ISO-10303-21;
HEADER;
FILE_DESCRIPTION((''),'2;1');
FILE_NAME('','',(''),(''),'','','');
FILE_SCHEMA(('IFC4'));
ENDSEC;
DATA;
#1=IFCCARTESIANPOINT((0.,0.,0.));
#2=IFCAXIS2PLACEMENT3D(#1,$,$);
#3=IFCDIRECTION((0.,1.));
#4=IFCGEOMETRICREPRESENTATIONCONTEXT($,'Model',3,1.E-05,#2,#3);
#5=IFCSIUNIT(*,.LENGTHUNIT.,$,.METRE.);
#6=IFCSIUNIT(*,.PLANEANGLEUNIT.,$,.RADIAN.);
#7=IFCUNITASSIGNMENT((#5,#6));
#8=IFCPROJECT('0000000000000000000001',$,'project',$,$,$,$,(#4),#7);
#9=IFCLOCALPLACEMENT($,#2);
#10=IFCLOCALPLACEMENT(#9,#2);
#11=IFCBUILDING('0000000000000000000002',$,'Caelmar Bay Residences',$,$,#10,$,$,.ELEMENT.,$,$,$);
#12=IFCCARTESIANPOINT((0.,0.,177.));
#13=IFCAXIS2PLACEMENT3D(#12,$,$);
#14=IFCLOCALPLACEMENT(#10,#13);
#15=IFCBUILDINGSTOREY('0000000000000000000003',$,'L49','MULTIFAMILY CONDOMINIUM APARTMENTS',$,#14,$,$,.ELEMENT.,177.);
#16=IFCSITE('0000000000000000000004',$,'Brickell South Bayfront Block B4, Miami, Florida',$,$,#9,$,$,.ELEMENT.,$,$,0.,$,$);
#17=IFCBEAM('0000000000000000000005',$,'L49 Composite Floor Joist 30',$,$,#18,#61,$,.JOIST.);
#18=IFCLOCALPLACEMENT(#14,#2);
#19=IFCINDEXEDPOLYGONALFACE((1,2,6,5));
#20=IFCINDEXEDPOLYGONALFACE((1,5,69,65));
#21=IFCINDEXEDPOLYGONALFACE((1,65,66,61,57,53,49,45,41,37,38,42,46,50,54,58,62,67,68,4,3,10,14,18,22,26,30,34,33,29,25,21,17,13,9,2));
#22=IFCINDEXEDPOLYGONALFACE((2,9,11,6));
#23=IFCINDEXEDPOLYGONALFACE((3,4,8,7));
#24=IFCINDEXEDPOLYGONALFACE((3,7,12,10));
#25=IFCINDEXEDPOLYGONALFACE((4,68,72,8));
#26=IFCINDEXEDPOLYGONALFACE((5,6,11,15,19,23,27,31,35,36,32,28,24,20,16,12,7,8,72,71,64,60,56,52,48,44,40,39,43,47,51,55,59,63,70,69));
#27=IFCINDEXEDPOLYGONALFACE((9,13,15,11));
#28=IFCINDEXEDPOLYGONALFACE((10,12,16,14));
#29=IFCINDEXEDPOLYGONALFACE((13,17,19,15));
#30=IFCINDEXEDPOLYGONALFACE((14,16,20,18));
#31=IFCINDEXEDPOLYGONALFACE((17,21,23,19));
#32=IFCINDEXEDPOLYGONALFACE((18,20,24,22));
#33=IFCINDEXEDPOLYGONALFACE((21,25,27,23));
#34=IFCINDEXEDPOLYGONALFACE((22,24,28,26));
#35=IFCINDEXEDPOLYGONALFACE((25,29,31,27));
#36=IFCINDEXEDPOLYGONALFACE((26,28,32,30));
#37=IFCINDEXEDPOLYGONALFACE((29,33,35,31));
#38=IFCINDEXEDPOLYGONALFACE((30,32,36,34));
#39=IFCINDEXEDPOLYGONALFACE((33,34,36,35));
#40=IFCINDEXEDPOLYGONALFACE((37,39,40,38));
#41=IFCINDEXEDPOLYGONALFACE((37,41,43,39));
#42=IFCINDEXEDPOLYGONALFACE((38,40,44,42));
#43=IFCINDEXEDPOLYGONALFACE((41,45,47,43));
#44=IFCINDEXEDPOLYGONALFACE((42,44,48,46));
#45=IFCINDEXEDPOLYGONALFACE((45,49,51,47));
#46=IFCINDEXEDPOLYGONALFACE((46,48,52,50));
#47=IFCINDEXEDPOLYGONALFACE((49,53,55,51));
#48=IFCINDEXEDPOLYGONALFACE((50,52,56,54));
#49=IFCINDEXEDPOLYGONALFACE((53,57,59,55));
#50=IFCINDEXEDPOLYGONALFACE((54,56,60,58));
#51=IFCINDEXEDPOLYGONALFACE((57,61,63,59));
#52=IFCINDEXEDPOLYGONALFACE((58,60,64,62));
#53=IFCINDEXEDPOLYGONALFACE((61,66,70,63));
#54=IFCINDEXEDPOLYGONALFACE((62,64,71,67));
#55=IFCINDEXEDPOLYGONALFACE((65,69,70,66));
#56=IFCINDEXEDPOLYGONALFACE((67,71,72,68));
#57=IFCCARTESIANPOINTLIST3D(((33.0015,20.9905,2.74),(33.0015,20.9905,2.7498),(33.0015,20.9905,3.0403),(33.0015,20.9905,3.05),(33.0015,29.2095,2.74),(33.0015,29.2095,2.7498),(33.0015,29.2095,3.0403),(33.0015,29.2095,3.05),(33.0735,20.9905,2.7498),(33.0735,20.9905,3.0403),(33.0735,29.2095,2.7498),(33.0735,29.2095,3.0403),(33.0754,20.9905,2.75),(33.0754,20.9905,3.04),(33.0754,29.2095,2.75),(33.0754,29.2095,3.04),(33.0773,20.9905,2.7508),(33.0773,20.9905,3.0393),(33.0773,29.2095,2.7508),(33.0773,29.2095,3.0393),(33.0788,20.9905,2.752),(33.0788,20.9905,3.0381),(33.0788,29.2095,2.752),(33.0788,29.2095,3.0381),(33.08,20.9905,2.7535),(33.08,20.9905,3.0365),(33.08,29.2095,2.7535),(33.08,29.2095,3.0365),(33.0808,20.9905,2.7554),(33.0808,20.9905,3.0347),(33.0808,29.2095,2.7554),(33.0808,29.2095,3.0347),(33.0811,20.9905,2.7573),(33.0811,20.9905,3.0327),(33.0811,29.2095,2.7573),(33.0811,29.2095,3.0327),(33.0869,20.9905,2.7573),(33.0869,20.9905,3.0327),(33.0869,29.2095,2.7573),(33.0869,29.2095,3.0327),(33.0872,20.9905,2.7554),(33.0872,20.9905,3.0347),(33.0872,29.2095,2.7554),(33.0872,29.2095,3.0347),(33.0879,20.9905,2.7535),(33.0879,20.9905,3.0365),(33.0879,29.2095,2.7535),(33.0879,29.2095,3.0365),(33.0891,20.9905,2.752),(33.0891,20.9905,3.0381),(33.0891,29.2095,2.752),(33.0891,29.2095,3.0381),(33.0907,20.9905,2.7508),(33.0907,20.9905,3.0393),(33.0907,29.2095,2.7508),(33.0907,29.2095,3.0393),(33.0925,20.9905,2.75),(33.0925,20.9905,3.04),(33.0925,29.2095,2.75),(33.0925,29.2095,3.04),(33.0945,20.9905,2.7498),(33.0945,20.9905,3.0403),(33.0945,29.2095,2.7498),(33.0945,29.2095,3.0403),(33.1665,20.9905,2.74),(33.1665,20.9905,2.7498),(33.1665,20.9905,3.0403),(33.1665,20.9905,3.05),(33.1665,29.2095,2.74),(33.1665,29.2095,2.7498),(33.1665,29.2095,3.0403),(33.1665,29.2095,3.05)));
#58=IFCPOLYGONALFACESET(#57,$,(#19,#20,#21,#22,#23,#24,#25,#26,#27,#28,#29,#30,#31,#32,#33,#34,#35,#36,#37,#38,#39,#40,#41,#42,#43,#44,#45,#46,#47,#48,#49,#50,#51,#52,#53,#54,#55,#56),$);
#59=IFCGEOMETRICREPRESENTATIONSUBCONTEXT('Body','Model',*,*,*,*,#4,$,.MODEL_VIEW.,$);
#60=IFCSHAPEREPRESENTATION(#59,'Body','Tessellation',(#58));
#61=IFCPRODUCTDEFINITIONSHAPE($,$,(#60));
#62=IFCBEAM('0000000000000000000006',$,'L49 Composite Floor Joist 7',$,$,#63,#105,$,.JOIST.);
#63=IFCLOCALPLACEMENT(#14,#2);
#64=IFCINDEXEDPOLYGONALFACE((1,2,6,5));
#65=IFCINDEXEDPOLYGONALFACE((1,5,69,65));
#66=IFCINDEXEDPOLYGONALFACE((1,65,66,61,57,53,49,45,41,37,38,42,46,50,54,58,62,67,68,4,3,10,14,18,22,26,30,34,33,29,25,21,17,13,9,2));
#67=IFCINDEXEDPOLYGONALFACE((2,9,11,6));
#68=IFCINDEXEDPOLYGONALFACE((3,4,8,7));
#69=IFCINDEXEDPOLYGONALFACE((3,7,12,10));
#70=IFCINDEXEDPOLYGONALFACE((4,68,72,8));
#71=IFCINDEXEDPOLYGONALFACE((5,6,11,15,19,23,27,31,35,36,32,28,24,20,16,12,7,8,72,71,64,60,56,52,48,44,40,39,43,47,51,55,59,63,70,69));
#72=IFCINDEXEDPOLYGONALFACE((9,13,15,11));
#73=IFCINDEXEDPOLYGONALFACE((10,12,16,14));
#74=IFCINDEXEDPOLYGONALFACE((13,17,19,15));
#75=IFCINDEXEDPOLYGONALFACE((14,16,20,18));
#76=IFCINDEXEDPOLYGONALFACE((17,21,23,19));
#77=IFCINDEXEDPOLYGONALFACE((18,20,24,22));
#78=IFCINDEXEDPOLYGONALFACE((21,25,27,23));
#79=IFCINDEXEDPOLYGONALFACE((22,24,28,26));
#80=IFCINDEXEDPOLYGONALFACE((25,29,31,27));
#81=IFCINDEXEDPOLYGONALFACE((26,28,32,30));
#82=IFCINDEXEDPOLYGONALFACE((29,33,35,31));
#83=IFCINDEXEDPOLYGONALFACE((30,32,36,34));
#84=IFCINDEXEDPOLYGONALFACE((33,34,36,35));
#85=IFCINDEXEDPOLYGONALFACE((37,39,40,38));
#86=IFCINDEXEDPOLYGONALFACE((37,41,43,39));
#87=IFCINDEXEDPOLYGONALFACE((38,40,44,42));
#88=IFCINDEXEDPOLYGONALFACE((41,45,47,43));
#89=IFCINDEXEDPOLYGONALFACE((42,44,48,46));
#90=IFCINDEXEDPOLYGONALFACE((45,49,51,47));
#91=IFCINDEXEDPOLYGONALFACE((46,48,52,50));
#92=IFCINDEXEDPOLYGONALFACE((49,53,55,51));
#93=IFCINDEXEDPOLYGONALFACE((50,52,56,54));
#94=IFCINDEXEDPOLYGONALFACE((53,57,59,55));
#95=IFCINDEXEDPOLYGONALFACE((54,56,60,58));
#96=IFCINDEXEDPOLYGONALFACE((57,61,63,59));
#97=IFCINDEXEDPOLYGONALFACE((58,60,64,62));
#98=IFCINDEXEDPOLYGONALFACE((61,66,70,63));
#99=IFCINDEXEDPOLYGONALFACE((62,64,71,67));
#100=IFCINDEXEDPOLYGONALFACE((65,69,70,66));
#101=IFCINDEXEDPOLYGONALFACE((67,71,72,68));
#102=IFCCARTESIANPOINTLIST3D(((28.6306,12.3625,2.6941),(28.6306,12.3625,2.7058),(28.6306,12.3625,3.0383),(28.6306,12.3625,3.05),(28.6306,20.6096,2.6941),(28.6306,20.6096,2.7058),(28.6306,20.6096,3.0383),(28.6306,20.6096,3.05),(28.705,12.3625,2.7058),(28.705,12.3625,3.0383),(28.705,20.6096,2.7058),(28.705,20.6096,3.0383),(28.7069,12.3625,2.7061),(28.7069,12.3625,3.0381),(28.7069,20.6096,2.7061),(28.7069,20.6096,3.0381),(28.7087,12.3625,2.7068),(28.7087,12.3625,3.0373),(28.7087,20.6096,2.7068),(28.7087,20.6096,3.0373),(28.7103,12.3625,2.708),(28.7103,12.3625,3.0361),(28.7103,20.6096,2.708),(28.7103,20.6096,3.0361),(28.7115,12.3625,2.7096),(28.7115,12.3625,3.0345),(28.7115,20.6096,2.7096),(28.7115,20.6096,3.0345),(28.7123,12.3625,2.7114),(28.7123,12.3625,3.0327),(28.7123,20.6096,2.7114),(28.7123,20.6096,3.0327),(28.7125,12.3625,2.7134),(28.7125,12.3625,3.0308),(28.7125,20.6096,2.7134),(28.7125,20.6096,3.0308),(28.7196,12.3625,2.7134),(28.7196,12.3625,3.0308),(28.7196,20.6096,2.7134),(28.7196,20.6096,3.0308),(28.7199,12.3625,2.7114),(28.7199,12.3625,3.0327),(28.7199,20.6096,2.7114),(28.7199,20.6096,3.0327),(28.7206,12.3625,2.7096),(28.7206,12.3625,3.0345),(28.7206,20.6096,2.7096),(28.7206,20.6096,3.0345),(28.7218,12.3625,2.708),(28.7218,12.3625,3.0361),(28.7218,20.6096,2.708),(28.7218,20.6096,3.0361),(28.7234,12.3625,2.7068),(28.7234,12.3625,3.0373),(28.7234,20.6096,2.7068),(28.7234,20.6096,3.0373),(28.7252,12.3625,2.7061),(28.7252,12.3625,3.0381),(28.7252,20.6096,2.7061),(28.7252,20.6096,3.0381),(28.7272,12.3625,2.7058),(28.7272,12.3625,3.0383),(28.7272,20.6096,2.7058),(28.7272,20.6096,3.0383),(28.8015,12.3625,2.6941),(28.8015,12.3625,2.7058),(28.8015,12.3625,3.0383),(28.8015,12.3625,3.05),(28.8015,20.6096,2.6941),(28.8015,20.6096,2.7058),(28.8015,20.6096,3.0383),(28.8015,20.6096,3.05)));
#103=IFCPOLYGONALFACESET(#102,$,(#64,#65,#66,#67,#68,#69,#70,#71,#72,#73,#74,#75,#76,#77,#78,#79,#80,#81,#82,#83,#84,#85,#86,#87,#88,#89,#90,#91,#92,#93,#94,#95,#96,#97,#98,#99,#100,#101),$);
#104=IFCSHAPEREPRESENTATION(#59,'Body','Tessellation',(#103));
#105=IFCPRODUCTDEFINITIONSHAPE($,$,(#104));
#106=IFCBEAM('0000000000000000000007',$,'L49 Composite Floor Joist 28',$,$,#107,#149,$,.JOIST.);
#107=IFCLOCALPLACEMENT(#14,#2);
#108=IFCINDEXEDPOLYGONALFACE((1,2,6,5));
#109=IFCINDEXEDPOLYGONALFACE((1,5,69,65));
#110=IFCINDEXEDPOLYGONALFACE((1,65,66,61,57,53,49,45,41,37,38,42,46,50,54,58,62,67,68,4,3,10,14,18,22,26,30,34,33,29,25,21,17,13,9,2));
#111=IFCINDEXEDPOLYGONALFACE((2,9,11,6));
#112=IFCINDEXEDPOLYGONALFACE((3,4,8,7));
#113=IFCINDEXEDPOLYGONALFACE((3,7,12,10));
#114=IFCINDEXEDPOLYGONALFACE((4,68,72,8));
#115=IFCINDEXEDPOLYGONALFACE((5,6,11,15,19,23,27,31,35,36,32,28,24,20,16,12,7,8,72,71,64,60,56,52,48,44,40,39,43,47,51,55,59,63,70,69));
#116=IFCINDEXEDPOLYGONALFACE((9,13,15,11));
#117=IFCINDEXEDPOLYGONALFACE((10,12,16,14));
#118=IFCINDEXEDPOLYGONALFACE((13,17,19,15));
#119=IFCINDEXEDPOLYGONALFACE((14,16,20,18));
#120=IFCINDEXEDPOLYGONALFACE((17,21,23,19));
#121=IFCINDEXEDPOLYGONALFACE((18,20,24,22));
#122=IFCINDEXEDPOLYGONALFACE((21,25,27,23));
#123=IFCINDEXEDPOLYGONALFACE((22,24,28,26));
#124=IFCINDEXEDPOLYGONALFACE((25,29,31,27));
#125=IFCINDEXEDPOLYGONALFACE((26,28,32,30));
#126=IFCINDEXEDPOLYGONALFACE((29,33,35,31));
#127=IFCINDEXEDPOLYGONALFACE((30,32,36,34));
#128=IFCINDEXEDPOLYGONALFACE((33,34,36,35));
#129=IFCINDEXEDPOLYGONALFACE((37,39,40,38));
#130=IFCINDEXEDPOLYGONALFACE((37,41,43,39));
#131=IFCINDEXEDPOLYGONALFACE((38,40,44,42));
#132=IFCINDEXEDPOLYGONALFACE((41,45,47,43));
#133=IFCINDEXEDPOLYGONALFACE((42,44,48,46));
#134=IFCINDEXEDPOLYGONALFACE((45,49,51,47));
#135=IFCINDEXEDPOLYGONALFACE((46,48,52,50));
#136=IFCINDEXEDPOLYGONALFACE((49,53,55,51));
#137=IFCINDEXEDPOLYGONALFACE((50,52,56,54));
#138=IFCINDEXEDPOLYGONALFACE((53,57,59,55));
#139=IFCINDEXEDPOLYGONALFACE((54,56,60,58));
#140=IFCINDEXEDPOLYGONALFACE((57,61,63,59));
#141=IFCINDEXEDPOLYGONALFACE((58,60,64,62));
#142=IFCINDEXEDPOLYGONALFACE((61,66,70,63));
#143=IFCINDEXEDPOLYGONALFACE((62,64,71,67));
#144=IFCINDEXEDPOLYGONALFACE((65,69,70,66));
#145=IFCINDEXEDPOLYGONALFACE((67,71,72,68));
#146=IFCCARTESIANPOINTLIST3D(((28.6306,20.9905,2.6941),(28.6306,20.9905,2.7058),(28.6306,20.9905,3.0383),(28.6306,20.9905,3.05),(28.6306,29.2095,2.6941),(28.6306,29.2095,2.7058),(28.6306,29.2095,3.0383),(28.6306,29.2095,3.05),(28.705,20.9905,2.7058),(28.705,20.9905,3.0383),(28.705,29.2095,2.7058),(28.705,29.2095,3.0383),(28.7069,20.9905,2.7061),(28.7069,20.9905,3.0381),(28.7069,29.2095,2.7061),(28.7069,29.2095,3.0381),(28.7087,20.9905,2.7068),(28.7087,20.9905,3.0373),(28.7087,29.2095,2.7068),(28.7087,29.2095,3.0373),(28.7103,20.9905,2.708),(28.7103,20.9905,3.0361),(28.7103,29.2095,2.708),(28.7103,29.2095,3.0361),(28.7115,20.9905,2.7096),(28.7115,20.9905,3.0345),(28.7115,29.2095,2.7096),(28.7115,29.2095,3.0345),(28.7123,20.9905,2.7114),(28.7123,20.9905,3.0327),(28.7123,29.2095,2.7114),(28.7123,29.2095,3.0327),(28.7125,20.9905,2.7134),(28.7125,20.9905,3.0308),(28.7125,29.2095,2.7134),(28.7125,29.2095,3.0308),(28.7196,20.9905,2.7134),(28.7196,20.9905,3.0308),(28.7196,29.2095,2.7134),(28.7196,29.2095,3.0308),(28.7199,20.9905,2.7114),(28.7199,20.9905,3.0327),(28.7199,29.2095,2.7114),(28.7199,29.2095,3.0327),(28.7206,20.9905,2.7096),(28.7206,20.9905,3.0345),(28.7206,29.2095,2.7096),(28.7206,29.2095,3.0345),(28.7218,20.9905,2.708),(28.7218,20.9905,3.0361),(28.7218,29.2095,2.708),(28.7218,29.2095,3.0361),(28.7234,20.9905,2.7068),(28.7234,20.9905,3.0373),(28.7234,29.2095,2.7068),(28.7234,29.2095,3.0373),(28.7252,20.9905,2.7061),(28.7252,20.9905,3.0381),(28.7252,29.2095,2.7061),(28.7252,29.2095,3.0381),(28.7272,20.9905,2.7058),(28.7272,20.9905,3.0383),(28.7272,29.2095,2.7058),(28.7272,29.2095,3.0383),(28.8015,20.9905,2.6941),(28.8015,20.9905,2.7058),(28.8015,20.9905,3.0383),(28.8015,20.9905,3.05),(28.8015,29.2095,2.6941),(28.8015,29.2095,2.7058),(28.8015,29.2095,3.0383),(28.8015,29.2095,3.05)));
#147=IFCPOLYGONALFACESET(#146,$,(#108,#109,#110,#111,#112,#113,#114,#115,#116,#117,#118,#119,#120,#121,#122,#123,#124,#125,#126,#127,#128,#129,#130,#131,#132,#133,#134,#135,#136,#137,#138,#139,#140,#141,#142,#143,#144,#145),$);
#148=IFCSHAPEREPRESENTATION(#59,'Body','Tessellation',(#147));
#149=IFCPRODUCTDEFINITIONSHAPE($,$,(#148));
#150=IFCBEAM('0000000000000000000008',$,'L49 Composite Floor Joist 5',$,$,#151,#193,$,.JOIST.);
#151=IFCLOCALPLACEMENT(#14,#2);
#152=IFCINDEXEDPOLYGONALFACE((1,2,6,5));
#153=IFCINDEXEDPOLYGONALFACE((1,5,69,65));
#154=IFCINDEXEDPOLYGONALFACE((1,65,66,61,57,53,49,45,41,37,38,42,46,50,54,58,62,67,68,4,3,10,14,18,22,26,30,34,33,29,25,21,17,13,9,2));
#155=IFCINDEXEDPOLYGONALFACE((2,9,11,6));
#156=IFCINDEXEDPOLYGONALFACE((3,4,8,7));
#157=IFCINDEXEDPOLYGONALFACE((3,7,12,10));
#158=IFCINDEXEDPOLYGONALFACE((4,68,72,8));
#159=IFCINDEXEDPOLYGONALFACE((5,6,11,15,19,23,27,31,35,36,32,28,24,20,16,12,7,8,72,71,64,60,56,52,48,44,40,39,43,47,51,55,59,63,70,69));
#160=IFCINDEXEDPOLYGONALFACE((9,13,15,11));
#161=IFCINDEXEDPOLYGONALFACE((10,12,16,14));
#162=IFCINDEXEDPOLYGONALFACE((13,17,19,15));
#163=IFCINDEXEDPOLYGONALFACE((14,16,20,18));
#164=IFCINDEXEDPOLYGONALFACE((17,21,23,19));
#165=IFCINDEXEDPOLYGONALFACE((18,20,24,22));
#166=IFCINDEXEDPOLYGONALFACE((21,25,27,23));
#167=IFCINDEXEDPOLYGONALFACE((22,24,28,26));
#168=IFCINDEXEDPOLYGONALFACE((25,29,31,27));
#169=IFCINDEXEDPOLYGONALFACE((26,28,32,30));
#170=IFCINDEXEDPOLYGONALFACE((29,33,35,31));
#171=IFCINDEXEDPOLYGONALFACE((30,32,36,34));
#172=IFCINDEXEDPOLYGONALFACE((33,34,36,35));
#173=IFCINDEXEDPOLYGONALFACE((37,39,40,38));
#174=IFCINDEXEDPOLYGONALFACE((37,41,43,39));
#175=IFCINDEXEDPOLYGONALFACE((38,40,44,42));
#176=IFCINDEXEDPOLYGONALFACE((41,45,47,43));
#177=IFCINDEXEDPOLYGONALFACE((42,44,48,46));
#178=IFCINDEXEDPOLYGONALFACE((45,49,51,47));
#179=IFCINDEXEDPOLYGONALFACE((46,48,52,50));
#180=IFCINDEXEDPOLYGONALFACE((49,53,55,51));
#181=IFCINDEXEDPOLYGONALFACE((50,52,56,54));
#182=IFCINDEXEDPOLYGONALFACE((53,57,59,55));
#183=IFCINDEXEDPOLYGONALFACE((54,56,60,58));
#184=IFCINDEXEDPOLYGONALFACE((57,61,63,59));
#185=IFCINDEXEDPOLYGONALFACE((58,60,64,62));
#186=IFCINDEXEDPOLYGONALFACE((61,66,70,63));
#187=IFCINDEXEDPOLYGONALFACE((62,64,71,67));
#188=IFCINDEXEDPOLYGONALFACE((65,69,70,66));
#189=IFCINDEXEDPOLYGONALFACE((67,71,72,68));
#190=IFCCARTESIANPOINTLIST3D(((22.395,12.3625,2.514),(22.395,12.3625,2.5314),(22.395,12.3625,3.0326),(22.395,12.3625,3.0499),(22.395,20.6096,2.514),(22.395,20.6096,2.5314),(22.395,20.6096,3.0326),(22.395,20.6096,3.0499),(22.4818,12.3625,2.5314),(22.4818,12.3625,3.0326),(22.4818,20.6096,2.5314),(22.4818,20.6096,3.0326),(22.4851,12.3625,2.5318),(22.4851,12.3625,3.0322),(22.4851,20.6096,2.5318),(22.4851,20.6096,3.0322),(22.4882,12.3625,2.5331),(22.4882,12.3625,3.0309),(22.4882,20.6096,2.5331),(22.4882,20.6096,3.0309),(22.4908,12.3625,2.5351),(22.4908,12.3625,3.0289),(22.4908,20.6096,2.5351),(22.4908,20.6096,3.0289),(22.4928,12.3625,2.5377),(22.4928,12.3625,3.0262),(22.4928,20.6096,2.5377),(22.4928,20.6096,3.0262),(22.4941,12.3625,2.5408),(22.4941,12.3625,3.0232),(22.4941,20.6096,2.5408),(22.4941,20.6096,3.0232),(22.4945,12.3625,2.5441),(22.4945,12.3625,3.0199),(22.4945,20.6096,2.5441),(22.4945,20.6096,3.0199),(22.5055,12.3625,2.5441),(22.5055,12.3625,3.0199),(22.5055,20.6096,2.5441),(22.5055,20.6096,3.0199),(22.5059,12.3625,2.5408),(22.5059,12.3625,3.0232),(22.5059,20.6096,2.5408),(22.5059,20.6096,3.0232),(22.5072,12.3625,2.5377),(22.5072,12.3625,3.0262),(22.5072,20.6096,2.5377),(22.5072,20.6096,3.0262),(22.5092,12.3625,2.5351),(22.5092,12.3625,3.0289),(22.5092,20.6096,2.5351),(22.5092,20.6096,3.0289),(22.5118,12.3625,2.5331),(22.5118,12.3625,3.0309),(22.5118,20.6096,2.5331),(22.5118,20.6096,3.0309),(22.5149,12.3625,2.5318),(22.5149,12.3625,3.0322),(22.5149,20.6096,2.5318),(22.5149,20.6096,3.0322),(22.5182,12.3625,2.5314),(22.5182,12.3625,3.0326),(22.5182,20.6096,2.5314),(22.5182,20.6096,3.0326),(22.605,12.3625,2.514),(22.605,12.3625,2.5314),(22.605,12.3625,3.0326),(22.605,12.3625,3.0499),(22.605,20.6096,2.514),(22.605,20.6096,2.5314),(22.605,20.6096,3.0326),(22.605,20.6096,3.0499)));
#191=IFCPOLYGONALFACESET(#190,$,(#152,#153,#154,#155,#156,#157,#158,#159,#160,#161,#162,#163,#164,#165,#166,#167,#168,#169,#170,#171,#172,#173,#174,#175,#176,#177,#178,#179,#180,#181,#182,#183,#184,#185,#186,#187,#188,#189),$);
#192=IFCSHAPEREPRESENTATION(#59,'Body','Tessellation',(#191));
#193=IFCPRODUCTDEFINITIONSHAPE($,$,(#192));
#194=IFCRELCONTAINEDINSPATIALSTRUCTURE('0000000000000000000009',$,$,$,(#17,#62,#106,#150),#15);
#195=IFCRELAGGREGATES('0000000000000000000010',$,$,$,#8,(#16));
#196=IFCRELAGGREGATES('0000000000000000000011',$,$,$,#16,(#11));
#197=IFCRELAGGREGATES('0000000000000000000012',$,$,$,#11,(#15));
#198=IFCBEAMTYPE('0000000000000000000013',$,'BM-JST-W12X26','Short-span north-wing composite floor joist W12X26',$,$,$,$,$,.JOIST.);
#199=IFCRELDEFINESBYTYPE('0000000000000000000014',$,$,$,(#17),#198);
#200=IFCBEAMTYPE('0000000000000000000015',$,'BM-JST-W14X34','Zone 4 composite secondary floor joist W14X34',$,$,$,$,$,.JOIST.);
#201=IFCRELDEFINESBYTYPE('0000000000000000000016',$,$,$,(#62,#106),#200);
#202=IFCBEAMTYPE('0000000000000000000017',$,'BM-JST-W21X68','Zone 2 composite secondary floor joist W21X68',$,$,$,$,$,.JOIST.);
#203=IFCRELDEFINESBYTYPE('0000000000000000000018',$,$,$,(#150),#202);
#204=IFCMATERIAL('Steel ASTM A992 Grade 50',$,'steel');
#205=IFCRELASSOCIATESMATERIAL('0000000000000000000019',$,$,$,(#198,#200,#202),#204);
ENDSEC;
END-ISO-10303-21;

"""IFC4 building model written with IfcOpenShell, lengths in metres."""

from ifc_helpers import new_model, si_unit, direction, frame, origin, origin_2d, place, context, subcontext, project, spatial, i_section, extrude, material, material_profile, profile_set, type_object, element, save


model = new_model("IFC4")

# Units and contexts
model_context = context("Model", 3, precision=1e-05, world=origin(), true_north=direction((0.0, 1.0)))
body_context = subcontext(model_context, "Body", "Model", "MODEL_VIEW")
ifc_project = project(units=[si_unit("LENGTHUNIT", "METRE"), si_unit("PLANEANGLEUNIT", "RADIAN")], contexts=[model_context])

# Site, building, storey
site_placement = place(None, origin())
site = spatial("IfcSite", under=ifc_project, at=site_placement, Name="Brickell South Bayfront Block B4, Miami, Florida", CompositionType="ELEMENT", RefElevation=0.0)
building_placement = place(site_placement, origin())
building = spatial("IfcBuilding", under=site, at=building_placement, Name="Caelmar Bay Residences", CompositionType="ELEMENT")
storey_placement = place(building_placement, frame((0.0, 0.0, 177.0)))
storey = spatial("IfcBuildingStorey", under=building, at=storey_placement, Name="L49", Description="MULTIFAMILY CONDOMINIUM APARTMENTS", CompositionType="ELEMENT", Elevation=177.0)

# Beams
ifc_material_1 = material(Name="Steel ASTM A992 Grade 50", Category="steel")
ifc_material_profile_1 = material_profile(ifc_material_1, i_section(OverallWidth=0.165, OverallDepth=0.3101, WebThickness=0.0059, FlangeThickness=0.0098, FilletRadius=0.0076, at=origin_2d()), Name="W12X26")
ifc_profile_set_1 = profile_set([ifc_material_profile_1], Name="Steel ASTM A992 Grade 50")
beam_type_1 = type_object("IfcBeamType", Name="BM-JST-W12X26", Description="Short-span north-wing composite floor joist W12X26", PredefinedType="JOIST", material=ifc_profile_set_1)
for number, where, z_axis, x_axis, name in (
    (1, (33.084, 20.9905, 2.895), (0.0, 1.0, 0.0), (-1.0, 0.0, 0.0), "L49 Composite Floor Joist 30"),
):
    element("IfcBeam", number, at=place(storey_placement, frame(where, z_axis=z_axis, x_axis=x_axis)), inside=storey, type_object=beam_type_1, Name=name, PredefinedType="JOIST", context=body_context, shape_type="SweptSolid", body=[
        extrude(i_section(OverallWidth=0.165, OverallDepth=0.3101, WebThickness=0.0059, FlangeThickness=0.0098, FilletRadius=0.0076, at=origin_2d()), origin(), (0.0, 0.0, 1.0), 8.219),
    ])
ifc_material_profile_2 = material_profile(ifc_material_1, i_section(OverallWidth=0.1709, OverallDepth=0.356, WebThickness=0.0071, FlangeThickness=0.0117, FilletRadius=0.0076, at=origin_2d()), Name="W14X34")
ifc_profile_set_2 = profile_set([ifc_material_profile_2], Name="Steel ASTM A992 Grade 50")
beam_type_2 = type_object("IfcBeamType", Name="BM-JST-W14X34", Description="Zone 4 composite secondary floor joist W14X34", PredefinedType="JOIST", material=ifc_profile_set_2)
beam_1_placement = place(storey_placement, frame((28.7161, 12.3625, 2.8721), z_axis=(0.0, 1.0, 0.0), x_axis=(-1.0, 0.0, 0.0)))
element("IfcBeam", 2, at=beam_1_placement, inside=storey, type_object=beam_type_2, Name="L49 Composite Floor Joist 7", PredefinedType="JOIST", context=body_context, shape_type="SweptSolid", body=[
    extrude(i_section(OverallWidth=0.1709, OverallDepth=0.356, WebThickness=0.0071, FlangeThickness=0.0117, FilletRadius=0.0076, at=origin_2d()), origin(), (0.0, 0.0, 1.0), 8.2471),
])
beam_2_placement = place(storey_placement, frame((28.7161, 20.9905, 2.8721), z_axis=(0.0, 1.0, 0.0), x_axis=(-1.0, 0.0, 0.0)))
element("IfcBeam", 3, at=beam_2_placement, inside=storey, type_object=beam_type_2, Name="L49 Composite Floor Joist 28", PredefinedType="JOIST", context=body_context, shape_type="SweptSolid", body=[
    extrude(i_section(OverallWidth=0.1709, OverallDepth=0.356, WebThickness=0.0071, FlangeThickness=0.0117, FilletRadius=0.0076, at=origin_2d()), origin(), (0.0, 0.0, 1.0), 8.219),
])
ifc_material_profile_3 = material_profile(ifc_material_1, i_section(OverallWidth=0.21, OverallDepth=0.5359, WebThickness=0.011, FlangeThickness=0.0173, FilletRadius=0.0127, at=origin_2d()), Name="W21X68")
ifc_profile_set_3 = profile_set([ifc_material_profile_3], Name="Steel ASTM A992 Grade 50")
beam_type_3 = type_object("IfcBeamType", Name="BM-JST-W21X68", Description="Zone 2 composite secondary floor joist W21X68", PredefinedType="JOIST", material=ifc_profile_set_3)
for number, where, z_axis, x_axis, name in (
    (4, (22.5, 12.3625, 2.782), (0.0, 1.0, 0.0), (-1.0, 0.0, 0.0), "L49 Composite Floor Joist 5"),
):
    element("IfcBeam", number, at=place(storey_placement, frame(where, z_axis=z_axis, x_axis=x_axis)), inside=storey, type_object=beam_type_3, Name=name, PredefinedType="JOIST", context=body_context, shape_type="SweptSolid", body=[
        extrude(i_section(OverallWidth=0.21, OverallDepth=0.5359, WebThickness=0.011, FlangeThickness=0.0173, FilletRadius=0.0127, at=origin_2d()), origin(), (0.0, 0.0, 1.0), 8.2471),
    ])

save(model, "model.ifc")
